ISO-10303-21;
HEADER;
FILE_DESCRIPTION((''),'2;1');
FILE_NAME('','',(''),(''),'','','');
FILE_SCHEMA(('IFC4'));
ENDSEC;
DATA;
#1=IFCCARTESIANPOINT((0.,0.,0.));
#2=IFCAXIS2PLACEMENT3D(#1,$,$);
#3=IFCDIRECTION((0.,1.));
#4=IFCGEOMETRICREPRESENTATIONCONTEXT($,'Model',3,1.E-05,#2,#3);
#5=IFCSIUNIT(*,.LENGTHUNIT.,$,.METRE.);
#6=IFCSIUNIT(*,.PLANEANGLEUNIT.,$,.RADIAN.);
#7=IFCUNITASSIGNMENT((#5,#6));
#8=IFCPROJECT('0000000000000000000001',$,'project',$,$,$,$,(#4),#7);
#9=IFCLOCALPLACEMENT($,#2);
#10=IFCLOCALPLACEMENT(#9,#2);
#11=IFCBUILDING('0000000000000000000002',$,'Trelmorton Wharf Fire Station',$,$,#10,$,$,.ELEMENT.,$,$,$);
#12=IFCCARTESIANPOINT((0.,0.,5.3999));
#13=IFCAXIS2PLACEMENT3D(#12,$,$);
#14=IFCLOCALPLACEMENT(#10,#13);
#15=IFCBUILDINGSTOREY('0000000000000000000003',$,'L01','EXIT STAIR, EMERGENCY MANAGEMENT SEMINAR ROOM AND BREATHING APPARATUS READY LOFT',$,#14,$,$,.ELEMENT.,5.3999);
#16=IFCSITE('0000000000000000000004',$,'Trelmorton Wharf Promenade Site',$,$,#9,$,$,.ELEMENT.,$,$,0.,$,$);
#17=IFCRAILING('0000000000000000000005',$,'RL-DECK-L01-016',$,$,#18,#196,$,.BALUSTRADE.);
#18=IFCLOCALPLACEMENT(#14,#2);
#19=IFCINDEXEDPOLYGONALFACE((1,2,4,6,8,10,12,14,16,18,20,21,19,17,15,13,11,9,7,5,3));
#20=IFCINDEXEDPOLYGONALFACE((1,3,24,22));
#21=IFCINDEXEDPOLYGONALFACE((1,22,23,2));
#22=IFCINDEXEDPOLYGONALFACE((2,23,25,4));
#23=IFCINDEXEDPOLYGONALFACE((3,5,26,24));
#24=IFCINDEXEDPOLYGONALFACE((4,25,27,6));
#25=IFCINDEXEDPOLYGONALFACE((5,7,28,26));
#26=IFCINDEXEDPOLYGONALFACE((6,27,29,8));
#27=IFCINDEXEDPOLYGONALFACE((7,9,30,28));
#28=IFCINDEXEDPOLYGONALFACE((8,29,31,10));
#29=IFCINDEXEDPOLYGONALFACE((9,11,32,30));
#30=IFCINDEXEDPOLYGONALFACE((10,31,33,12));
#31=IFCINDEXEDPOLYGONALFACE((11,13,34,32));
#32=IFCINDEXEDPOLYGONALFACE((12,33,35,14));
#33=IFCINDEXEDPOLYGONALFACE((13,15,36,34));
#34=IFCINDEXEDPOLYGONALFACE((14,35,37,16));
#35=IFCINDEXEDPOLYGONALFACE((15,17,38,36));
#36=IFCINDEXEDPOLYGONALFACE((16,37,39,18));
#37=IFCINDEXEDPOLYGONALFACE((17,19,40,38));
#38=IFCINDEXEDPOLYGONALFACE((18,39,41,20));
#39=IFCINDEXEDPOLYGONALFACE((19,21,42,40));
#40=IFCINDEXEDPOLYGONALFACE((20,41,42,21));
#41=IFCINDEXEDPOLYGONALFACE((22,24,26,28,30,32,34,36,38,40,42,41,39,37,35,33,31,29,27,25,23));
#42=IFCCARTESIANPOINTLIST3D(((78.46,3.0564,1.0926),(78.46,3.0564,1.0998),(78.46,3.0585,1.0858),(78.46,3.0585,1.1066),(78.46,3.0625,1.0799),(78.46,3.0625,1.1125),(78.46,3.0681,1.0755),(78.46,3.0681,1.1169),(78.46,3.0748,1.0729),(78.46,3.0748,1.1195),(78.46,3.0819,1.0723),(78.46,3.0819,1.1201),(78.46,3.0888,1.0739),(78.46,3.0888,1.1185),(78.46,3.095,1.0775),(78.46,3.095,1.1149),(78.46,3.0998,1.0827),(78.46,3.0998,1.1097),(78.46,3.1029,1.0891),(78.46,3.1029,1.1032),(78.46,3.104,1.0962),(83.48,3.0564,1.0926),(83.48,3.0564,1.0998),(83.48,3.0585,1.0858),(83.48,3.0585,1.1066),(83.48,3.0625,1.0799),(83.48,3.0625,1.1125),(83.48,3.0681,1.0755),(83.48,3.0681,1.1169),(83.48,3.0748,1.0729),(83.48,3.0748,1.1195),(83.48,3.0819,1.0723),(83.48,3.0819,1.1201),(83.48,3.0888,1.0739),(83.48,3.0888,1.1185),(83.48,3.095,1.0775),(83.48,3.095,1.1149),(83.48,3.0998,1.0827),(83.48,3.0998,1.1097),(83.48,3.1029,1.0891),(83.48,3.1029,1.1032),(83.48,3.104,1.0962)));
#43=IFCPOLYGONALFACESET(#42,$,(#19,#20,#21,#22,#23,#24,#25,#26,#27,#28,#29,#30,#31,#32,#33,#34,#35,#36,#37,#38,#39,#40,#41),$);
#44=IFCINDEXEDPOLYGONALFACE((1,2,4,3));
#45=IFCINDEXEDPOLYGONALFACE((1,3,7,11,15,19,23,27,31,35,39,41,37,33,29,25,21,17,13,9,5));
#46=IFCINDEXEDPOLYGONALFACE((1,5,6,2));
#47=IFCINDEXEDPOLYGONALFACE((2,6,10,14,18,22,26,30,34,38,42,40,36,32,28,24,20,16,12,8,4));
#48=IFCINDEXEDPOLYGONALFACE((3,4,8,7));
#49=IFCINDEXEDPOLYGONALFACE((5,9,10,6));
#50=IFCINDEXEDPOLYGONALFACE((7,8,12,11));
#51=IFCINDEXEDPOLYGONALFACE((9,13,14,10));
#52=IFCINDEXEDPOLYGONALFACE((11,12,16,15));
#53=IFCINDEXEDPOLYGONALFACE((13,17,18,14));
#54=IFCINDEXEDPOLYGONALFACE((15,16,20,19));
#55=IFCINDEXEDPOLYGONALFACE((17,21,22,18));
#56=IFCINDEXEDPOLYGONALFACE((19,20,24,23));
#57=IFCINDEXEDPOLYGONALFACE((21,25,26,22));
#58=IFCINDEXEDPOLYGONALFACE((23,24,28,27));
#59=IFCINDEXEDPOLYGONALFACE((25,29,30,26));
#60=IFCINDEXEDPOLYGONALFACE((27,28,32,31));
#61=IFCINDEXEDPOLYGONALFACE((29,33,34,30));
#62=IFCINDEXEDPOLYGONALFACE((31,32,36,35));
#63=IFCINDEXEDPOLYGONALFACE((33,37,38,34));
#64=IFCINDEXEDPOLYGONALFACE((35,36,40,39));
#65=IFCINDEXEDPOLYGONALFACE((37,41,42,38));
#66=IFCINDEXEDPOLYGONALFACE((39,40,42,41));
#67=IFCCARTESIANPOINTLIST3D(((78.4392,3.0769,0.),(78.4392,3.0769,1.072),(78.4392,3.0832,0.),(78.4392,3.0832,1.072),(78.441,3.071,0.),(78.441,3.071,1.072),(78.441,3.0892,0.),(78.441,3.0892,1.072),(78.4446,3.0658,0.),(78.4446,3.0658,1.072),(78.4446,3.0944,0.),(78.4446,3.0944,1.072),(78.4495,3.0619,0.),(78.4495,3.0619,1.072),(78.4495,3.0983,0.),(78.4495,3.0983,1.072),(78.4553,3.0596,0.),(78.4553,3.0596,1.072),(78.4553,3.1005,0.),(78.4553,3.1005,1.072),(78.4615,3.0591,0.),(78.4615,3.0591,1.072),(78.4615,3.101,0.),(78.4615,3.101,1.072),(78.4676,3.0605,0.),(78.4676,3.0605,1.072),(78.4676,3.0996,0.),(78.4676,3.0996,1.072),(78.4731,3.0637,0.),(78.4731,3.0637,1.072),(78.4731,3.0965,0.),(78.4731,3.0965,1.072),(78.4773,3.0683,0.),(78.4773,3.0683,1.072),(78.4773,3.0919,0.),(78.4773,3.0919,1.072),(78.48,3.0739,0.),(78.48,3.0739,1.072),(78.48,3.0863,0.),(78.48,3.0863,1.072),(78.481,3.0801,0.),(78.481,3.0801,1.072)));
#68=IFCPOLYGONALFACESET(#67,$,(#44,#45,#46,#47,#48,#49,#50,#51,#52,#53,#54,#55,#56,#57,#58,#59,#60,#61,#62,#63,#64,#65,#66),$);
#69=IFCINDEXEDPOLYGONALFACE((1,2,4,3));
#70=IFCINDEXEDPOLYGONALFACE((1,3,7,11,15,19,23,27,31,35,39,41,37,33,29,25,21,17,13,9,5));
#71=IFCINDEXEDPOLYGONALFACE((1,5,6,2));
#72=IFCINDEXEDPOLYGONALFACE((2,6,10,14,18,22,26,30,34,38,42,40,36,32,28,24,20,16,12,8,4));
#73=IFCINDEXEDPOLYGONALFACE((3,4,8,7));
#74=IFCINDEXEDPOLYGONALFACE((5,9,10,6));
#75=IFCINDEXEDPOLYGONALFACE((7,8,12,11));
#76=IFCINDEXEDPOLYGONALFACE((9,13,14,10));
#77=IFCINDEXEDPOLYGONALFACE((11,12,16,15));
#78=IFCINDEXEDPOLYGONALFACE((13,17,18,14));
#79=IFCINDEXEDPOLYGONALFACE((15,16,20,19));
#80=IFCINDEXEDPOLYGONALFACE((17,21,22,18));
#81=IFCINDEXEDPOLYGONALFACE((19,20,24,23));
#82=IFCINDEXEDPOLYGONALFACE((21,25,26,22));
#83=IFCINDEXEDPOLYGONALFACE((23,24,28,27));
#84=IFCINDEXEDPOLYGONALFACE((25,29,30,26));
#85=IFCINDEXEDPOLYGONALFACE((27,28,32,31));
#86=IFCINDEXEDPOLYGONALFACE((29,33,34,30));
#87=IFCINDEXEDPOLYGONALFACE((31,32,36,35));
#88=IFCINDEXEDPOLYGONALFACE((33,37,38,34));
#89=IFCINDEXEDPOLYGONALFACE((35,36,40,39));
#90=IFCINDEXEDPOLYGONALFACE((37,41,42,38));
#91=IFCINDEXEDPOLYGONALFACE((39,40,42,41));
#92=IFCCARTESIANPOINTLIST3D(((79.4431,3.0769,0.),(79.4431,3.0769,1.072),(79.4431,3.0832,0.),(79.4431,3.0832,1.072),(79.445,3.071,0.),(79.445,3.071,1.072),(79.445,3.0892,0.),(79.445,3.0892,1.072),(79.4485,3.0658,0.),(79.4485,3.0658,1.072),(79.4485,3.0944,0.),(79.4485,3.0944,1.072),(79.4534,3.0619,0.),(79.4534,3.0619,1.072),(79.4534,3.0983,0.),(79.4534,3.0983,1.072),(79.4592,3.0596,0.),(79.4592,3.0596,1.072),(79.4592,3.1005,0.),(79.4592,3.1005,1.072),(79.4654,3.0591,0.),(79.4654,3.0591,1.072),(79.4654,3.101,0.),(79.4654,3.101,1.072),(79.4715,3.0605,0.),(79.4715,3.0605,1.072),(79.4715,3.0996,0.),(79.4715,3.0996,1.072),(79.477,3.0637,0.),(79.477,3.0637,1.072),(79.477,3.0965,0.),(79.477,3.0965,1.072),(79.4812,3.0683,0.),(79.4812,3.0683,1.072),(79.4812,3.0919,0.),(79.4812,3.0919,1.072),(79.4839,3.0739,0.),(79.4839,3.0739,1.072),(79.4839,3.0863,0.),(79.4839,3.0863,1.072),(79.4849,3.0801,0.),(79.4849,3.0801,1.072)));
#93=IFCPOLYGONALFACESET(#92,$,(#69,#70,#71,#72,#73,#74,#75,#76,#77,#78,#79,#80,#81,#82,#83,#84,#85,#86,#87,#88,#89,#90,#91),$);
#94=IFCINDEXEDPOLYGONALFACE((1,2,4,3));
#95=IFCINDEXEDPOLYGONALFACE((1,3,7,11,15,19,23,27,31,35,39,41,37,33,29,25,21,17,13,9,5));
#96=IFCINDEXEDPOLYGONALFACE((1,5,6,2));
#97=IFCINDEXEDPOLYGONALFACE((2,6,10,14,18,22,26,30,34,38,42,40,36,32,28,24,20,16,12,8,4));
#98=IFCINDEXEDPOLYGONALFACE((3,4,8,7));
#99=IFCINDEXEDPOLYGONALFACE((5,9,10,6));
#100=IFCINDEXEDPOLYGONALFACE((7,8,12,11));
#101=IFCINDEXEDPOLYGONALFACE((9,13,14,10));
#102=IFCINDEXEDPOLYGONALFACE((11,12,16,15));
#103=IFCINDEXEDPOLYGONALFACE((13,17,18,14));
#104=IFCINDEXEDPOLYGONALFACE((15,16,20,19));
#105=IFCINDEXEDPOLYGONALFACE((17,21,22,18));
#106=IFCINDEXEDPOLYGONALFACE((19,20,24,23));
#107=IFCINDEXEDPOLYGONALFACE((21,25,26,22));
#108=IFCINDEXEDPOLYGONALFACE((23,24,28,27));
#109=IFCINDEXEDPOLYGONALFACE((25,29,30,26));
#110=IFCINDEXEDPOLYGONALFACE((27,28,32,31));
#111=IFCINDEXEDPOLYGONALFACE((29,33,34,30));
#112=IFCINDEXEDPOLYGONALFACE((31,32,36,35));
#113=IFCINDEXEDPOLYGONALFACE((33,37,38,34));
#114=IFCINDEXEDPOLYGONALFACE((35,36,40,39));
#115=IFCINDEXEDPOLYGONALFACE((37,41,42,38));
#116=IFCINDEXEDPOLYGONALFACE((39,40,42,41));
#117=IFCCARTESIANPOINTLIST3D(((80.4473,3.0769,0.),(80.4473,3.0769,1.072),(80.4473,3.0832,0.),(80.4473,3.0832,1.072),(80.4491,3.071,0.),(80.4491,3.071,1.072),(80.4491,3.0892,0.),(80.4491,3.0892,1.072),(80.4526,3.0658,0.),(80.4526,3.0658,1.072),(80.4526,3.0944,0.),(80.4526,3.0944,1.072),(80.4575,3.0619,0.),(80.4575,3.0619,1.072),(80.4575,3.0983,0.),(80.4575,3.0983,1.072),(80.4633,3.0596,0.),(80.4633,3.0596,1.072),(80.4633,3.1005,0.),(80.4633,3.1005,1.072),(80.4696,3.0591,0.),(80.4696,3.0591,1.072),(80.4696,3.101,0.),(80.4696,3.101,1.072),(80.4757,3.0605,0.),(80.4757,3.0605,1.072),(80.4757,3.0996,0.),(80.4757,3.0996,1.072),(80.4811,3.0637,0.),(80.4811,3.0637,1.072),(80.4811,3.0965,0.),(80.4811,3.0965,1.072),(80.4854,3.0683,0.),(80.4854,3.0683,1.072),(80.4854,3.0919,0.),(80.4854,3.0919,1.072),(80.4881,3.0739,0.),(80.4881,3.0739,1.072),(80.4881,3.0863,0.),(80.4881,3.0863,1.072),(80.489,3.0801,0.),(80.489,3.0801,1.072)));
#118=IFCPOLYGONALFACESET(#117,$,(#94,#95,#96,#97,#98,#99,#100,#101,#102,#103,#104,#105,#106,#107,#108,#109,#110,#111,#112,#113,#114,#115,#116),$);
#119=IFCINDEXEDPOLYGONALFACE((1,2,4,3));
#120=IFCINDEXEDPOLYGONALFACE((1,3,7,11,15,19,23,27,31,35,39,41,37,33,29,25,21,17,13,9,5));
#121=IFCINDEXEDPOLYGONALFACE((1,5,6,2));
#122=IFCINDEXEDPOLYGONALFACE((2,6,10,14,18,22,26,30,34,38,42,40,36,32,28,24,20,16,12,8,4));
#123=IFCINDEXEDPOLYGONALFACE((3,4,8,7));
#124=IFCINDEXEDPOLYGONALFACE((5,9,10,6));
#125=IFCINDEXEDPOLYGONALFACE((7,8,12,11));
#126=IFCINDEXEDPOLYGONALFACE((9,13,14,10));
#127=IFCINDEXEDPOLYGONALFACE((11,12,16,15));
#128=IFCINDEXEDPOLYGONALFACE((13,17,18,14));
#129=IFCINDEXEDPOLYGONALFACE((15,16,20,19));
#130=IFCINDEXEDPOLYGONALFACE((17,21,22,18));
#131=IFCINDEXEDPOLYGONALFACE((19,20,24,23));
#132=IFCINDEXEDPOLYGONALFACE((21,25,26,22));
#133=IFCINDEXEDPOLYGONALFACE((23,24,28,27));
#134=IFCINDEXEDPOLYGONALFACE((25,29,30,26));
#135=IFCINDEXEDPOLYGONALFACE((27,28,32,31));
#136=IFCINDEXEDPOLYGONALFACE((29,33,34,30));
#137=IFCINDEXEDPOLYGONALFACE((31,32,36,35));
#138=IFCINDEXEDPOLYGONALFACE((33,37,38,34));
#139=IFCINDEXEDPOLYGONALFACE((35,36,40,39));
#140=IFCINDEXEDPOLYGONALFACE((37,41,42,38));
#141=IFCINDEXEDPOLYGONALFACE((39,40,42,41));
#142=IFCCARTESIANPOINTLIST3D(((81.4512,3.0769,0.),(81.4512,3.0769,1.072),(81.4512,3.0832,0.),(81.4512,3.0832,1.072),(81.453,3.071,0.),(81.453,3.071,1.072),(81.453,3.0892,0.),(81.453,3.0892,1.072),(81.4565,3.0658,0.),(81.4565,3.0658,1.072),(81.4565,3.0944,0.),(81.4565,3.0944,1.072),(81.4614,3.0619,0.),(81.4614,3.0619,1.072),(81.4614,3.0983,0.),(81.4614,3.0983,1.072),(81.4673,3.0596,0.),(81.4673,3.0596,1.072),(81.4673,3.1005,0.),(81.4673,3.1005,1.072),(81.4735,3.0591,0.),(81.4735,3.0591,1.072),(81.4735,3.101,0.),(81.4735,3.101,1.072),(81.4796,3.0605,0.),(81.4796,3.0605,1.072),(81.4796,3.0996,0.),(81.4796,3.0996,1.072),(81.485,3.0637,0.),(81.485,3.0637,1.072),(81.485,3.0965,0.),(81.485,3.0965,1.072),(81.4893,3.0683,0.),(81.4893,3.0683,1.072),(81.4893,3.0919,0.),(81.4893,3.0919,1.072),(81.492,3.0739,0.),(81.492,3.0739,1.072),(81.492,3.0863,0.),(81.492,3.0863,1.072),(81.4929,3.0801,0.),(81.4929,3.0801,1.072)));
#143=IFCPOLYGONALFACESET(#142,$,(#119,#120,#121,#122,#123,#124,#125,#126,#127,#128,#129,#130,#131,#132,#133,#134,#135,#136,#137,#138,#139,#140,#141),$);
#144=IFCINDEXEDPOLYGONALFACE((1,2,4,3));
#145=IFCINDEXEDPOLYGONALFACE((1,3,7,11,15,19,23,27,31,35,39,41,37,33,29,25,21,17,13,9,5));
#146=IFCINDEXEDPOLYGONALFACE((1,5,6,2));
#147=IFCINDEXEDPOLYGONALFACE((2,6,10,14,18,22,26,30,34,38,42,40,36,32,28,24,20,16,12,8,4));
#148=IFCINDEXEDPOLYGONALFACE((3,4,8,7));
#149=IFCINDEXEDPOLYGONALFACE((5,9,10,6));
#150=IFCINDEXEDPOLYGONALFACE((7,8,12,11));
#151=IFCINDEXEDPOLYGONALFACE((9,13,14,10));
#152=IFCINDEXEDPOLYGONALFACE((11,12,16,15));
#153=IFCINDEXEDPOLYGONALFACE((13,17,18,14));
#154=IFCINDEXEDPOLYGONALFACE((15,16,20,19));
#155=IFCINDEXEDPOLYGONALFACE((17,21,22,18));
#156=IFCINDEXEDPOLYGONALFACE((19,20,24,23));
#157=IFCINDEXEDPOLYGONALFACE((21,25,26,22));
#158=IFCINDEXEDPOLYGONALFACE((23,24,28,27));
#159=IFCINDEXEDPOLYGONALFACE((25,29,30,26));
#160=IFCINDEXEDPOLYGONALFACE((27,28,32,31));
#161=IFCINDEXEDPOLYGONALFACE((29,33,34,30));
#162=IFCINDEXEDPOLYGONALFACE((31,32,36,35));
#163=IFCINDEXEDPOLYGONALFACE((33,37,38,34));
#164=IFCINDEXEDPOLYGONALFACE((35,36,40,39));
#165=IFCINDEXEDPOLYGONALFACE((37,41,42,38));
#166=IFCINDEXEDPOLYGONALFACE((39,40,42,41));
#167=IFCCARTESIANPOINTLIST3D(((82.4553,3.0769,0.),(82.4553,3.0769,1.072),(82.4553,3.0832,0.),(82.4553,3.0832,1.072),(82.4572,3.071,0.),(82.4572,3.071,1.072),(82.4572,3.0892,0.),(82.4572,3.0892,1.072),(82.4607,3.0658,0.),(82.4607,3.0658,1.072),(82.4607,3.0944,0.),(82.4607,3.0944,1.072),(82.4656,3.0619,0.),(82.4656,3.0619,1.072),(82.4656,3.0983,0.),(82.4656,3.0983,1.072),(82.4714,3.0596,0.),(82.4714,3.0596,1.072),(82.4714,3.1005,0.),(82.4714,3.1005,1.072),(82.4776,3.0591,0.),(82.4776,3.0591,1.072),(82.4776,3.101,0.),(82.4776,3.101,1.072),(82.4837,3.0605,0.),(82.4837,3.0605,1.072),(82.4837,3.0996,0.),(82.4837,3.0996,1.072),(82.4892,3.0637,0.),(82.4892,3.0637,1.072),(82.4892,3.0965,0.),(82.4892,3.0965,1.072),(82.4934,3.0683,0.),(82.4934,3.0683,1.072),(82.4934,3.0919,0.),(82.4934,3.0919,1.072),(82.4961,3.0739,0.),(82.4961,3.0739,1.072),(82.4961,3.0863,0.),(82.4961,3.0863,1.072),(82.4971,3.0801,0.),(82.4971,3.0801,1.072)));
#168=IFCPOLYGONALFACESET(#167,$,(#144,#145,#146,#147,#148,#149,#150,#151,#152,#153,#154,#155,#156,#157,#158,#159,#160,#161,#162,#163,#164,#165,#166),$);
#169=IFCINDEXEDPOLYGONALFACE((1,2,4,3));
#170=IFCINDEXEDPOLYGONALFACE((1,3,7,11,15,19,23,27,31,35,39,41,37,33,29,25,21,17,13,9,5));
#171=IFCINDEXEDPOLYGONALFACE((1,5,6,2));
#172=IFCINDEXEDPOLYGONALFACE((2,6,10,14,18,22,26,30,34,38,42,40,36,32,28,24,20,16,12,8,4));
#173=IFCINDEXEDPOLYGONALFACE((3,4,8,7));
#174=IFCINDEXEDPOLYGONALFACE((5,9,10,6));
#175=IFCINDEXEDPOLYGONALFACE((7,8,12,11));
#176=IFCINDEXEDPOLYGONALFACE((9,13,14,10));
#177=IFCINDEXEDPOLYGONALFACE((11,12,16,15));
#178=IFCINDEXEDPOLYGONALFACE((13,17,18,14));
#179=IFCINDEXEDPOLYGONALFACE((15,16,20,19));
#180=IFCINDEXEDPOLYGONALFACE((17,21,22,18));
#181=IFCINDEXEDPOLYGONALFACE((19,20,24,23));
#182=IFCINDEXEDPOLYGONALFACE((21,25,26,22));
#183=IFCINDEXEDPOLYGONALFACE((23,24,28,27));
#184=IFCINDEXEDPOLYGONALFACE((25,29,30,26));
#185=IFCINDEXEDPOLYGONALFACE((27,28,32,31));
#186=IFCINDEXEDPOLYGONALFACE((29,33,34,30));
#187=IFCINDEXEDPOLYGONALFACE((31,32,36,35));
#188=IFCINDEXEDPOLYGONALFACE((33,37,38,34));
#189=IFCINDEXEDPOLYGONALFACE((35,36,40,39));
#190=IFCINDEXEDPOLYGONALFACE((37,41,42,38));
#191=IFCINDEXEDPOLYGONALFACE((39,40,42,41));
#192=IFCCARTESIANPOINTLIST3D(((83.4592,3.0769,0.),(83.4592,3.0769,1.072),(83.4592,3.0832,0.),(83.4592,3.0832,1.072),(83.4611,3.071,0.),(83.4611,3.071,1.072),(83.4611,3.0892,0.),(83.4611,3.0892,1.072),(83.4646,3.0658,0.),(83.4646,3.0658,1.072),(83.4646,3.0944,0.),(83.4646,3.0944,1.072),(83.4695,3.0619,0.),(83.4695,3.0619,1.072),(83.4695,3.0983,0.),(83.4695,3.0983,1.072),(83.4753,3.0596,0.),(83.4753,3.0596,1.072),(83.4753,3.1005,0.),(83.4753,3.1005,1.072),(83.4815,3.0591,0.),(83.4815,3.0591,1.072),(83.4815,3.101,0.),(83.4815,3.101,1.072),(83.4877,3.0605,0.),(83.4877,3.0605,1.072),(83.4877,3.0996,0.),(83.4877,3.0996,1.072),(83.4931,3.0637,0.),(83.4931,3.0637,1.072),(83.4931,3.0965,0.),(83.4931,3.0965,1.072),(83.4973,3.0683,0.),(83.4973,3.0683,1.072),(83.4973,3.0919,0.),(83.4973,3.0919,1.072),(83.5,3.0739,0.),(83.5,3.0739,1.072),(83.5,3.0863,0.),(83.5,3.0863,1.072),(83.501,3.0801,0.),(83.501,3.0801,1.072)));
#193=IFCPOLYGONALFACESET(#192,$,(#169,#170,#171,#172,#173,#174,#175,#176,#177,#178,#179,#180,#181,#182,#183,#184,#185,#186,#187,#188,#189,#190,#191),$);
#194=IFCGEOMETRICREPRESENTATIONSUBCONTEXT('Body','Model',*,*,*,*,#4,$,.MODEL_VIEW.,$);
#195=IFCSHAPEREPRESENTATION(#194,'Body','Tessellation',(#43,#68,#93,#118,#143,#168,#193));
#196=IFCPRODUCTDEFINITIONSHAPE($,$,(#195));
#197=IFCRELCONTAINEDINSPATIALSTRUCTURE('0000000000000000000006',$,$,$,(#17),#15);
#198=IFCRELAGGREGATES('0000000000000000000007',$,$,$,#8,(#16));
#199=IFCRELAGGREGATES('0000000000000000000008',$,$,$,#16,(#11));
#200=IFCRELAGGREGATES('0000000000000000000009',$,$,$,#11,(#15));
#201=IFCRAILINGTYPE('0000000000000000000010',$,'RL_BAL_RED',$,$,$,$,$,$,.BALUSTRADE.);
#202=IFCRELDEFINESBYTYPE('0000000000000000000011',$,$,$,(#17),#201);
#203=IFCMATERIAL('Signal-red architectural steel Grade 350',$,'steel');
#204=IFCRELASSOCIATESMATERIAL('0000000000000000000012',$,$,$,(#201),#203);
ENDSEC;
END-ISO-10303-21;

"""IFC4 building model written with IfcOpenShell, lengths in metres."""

from ifc_helpers import new_model, si_unit, direction, frame, origin, origin_2d, place, context, subcontext, project, spatial, circle, extrude, material, type_object, element, save


model = new_model("IFC4")

# Units and contexts
model_context = context("Model", 3, precision=1e-05, world=origin(), true_north=direction((0.0, 1.0)))
body_context = subcontext(model_context, "Body", "Model", "MODEL_VIEW")
ifc_project = project(units=[si_unit("LENGTHUNIT", "METRE"), si_unit("PLANEANGLEUNIT", "RADIAN")], contexts=[model_context])

# Site, building, storey
site_placement = place(None, origin())
site = spatial("IfcSite", under=ifc_project, at=site_placement, Name="Trelmorton Wharf Promenade Site", CompositionType="ELEMENT", RefElevation=0.0)
building_placement = place(site_placement, origin())
building = spatial("IfcBuilding", under=site, at=building_placement, Name="Trelmorton Wharf Fire Station", CompositionType="ELEMENT")
storey_placement = place(building_placement, frame((0.0, 0.0, 5.3999)))
storey = spatial("IfcBuildingStorey", under=building, at=storey_placement, Name="L01", Description="EXIT STAIR, EMERGENCY MANAGEMENT SEMINAR ROOM AND BREATHING APPARATUS READY LOFT", CompositionType="ELEMENT", Elevation=5.3999)

# Shared definitions
ifc_material_1 = material(Name="Signal-red architectural steel Grade 350", Category="steel")

# Railing
railing_type = type_object("IfcRailingType", Name="RL_BAL_RED", PredefinedType="BALUSTRADE", material=ifc_material_1)
railing_1_placement = place(storey_placement, frame((78.46, 3.0801, 0.0)))
element("IfcRailing", 1, at=railing_1_placement, inside=storey, type_object=railing_type, Name="RL-DECK-L01-016", PredefinedType="BALUSTRADE", context=body_context, shape_type="SweptSolid", body=[
    extrude(circle(Radius=0.0239, at=origin_2d()), frame((0.0, 0.0, 1.0962), z_axis=(1.0, 0.0, 0.0), x_axis=(0.0, 1.0, 0.0)), (0.0, 0.0, 1.0), 5.02),
    extrude(circle(Radius=0.021, at=origin_2d()), origin(), (0.0, 0.0, 1.0), 1.072),
    extrude(circle(Radius=0.021, at=origin_2d()), frame((1.0039, 0.0, 0.0)), (0.0, 0.0, 1.0), 1.072),
    extrude(circle(Radius=0.021, at=origin_2d()), frame((2.0081, 0.0, 0.0)), (0.0, 0.0, 1.0), 1.072),
    extrude(circle(Radius=0.021, at=origin_2d()), frame((3.012, 0.0, 0.0)), (0.0, 0.0, 1.0), 1.072),
    extrude(circle(Radius=0.021, at=origin_2d()), frame((4.0161, 0.0, 0.0)), (0.0, 0.0, 1.0), 1.072),
    extrude(circle(Radius=0.021, at=origin_2d()), frame((5.02, 0.0, 0.0)), (0.0, 0.0, 1.0), 1.072),
])

save(model, "model.ifc")
